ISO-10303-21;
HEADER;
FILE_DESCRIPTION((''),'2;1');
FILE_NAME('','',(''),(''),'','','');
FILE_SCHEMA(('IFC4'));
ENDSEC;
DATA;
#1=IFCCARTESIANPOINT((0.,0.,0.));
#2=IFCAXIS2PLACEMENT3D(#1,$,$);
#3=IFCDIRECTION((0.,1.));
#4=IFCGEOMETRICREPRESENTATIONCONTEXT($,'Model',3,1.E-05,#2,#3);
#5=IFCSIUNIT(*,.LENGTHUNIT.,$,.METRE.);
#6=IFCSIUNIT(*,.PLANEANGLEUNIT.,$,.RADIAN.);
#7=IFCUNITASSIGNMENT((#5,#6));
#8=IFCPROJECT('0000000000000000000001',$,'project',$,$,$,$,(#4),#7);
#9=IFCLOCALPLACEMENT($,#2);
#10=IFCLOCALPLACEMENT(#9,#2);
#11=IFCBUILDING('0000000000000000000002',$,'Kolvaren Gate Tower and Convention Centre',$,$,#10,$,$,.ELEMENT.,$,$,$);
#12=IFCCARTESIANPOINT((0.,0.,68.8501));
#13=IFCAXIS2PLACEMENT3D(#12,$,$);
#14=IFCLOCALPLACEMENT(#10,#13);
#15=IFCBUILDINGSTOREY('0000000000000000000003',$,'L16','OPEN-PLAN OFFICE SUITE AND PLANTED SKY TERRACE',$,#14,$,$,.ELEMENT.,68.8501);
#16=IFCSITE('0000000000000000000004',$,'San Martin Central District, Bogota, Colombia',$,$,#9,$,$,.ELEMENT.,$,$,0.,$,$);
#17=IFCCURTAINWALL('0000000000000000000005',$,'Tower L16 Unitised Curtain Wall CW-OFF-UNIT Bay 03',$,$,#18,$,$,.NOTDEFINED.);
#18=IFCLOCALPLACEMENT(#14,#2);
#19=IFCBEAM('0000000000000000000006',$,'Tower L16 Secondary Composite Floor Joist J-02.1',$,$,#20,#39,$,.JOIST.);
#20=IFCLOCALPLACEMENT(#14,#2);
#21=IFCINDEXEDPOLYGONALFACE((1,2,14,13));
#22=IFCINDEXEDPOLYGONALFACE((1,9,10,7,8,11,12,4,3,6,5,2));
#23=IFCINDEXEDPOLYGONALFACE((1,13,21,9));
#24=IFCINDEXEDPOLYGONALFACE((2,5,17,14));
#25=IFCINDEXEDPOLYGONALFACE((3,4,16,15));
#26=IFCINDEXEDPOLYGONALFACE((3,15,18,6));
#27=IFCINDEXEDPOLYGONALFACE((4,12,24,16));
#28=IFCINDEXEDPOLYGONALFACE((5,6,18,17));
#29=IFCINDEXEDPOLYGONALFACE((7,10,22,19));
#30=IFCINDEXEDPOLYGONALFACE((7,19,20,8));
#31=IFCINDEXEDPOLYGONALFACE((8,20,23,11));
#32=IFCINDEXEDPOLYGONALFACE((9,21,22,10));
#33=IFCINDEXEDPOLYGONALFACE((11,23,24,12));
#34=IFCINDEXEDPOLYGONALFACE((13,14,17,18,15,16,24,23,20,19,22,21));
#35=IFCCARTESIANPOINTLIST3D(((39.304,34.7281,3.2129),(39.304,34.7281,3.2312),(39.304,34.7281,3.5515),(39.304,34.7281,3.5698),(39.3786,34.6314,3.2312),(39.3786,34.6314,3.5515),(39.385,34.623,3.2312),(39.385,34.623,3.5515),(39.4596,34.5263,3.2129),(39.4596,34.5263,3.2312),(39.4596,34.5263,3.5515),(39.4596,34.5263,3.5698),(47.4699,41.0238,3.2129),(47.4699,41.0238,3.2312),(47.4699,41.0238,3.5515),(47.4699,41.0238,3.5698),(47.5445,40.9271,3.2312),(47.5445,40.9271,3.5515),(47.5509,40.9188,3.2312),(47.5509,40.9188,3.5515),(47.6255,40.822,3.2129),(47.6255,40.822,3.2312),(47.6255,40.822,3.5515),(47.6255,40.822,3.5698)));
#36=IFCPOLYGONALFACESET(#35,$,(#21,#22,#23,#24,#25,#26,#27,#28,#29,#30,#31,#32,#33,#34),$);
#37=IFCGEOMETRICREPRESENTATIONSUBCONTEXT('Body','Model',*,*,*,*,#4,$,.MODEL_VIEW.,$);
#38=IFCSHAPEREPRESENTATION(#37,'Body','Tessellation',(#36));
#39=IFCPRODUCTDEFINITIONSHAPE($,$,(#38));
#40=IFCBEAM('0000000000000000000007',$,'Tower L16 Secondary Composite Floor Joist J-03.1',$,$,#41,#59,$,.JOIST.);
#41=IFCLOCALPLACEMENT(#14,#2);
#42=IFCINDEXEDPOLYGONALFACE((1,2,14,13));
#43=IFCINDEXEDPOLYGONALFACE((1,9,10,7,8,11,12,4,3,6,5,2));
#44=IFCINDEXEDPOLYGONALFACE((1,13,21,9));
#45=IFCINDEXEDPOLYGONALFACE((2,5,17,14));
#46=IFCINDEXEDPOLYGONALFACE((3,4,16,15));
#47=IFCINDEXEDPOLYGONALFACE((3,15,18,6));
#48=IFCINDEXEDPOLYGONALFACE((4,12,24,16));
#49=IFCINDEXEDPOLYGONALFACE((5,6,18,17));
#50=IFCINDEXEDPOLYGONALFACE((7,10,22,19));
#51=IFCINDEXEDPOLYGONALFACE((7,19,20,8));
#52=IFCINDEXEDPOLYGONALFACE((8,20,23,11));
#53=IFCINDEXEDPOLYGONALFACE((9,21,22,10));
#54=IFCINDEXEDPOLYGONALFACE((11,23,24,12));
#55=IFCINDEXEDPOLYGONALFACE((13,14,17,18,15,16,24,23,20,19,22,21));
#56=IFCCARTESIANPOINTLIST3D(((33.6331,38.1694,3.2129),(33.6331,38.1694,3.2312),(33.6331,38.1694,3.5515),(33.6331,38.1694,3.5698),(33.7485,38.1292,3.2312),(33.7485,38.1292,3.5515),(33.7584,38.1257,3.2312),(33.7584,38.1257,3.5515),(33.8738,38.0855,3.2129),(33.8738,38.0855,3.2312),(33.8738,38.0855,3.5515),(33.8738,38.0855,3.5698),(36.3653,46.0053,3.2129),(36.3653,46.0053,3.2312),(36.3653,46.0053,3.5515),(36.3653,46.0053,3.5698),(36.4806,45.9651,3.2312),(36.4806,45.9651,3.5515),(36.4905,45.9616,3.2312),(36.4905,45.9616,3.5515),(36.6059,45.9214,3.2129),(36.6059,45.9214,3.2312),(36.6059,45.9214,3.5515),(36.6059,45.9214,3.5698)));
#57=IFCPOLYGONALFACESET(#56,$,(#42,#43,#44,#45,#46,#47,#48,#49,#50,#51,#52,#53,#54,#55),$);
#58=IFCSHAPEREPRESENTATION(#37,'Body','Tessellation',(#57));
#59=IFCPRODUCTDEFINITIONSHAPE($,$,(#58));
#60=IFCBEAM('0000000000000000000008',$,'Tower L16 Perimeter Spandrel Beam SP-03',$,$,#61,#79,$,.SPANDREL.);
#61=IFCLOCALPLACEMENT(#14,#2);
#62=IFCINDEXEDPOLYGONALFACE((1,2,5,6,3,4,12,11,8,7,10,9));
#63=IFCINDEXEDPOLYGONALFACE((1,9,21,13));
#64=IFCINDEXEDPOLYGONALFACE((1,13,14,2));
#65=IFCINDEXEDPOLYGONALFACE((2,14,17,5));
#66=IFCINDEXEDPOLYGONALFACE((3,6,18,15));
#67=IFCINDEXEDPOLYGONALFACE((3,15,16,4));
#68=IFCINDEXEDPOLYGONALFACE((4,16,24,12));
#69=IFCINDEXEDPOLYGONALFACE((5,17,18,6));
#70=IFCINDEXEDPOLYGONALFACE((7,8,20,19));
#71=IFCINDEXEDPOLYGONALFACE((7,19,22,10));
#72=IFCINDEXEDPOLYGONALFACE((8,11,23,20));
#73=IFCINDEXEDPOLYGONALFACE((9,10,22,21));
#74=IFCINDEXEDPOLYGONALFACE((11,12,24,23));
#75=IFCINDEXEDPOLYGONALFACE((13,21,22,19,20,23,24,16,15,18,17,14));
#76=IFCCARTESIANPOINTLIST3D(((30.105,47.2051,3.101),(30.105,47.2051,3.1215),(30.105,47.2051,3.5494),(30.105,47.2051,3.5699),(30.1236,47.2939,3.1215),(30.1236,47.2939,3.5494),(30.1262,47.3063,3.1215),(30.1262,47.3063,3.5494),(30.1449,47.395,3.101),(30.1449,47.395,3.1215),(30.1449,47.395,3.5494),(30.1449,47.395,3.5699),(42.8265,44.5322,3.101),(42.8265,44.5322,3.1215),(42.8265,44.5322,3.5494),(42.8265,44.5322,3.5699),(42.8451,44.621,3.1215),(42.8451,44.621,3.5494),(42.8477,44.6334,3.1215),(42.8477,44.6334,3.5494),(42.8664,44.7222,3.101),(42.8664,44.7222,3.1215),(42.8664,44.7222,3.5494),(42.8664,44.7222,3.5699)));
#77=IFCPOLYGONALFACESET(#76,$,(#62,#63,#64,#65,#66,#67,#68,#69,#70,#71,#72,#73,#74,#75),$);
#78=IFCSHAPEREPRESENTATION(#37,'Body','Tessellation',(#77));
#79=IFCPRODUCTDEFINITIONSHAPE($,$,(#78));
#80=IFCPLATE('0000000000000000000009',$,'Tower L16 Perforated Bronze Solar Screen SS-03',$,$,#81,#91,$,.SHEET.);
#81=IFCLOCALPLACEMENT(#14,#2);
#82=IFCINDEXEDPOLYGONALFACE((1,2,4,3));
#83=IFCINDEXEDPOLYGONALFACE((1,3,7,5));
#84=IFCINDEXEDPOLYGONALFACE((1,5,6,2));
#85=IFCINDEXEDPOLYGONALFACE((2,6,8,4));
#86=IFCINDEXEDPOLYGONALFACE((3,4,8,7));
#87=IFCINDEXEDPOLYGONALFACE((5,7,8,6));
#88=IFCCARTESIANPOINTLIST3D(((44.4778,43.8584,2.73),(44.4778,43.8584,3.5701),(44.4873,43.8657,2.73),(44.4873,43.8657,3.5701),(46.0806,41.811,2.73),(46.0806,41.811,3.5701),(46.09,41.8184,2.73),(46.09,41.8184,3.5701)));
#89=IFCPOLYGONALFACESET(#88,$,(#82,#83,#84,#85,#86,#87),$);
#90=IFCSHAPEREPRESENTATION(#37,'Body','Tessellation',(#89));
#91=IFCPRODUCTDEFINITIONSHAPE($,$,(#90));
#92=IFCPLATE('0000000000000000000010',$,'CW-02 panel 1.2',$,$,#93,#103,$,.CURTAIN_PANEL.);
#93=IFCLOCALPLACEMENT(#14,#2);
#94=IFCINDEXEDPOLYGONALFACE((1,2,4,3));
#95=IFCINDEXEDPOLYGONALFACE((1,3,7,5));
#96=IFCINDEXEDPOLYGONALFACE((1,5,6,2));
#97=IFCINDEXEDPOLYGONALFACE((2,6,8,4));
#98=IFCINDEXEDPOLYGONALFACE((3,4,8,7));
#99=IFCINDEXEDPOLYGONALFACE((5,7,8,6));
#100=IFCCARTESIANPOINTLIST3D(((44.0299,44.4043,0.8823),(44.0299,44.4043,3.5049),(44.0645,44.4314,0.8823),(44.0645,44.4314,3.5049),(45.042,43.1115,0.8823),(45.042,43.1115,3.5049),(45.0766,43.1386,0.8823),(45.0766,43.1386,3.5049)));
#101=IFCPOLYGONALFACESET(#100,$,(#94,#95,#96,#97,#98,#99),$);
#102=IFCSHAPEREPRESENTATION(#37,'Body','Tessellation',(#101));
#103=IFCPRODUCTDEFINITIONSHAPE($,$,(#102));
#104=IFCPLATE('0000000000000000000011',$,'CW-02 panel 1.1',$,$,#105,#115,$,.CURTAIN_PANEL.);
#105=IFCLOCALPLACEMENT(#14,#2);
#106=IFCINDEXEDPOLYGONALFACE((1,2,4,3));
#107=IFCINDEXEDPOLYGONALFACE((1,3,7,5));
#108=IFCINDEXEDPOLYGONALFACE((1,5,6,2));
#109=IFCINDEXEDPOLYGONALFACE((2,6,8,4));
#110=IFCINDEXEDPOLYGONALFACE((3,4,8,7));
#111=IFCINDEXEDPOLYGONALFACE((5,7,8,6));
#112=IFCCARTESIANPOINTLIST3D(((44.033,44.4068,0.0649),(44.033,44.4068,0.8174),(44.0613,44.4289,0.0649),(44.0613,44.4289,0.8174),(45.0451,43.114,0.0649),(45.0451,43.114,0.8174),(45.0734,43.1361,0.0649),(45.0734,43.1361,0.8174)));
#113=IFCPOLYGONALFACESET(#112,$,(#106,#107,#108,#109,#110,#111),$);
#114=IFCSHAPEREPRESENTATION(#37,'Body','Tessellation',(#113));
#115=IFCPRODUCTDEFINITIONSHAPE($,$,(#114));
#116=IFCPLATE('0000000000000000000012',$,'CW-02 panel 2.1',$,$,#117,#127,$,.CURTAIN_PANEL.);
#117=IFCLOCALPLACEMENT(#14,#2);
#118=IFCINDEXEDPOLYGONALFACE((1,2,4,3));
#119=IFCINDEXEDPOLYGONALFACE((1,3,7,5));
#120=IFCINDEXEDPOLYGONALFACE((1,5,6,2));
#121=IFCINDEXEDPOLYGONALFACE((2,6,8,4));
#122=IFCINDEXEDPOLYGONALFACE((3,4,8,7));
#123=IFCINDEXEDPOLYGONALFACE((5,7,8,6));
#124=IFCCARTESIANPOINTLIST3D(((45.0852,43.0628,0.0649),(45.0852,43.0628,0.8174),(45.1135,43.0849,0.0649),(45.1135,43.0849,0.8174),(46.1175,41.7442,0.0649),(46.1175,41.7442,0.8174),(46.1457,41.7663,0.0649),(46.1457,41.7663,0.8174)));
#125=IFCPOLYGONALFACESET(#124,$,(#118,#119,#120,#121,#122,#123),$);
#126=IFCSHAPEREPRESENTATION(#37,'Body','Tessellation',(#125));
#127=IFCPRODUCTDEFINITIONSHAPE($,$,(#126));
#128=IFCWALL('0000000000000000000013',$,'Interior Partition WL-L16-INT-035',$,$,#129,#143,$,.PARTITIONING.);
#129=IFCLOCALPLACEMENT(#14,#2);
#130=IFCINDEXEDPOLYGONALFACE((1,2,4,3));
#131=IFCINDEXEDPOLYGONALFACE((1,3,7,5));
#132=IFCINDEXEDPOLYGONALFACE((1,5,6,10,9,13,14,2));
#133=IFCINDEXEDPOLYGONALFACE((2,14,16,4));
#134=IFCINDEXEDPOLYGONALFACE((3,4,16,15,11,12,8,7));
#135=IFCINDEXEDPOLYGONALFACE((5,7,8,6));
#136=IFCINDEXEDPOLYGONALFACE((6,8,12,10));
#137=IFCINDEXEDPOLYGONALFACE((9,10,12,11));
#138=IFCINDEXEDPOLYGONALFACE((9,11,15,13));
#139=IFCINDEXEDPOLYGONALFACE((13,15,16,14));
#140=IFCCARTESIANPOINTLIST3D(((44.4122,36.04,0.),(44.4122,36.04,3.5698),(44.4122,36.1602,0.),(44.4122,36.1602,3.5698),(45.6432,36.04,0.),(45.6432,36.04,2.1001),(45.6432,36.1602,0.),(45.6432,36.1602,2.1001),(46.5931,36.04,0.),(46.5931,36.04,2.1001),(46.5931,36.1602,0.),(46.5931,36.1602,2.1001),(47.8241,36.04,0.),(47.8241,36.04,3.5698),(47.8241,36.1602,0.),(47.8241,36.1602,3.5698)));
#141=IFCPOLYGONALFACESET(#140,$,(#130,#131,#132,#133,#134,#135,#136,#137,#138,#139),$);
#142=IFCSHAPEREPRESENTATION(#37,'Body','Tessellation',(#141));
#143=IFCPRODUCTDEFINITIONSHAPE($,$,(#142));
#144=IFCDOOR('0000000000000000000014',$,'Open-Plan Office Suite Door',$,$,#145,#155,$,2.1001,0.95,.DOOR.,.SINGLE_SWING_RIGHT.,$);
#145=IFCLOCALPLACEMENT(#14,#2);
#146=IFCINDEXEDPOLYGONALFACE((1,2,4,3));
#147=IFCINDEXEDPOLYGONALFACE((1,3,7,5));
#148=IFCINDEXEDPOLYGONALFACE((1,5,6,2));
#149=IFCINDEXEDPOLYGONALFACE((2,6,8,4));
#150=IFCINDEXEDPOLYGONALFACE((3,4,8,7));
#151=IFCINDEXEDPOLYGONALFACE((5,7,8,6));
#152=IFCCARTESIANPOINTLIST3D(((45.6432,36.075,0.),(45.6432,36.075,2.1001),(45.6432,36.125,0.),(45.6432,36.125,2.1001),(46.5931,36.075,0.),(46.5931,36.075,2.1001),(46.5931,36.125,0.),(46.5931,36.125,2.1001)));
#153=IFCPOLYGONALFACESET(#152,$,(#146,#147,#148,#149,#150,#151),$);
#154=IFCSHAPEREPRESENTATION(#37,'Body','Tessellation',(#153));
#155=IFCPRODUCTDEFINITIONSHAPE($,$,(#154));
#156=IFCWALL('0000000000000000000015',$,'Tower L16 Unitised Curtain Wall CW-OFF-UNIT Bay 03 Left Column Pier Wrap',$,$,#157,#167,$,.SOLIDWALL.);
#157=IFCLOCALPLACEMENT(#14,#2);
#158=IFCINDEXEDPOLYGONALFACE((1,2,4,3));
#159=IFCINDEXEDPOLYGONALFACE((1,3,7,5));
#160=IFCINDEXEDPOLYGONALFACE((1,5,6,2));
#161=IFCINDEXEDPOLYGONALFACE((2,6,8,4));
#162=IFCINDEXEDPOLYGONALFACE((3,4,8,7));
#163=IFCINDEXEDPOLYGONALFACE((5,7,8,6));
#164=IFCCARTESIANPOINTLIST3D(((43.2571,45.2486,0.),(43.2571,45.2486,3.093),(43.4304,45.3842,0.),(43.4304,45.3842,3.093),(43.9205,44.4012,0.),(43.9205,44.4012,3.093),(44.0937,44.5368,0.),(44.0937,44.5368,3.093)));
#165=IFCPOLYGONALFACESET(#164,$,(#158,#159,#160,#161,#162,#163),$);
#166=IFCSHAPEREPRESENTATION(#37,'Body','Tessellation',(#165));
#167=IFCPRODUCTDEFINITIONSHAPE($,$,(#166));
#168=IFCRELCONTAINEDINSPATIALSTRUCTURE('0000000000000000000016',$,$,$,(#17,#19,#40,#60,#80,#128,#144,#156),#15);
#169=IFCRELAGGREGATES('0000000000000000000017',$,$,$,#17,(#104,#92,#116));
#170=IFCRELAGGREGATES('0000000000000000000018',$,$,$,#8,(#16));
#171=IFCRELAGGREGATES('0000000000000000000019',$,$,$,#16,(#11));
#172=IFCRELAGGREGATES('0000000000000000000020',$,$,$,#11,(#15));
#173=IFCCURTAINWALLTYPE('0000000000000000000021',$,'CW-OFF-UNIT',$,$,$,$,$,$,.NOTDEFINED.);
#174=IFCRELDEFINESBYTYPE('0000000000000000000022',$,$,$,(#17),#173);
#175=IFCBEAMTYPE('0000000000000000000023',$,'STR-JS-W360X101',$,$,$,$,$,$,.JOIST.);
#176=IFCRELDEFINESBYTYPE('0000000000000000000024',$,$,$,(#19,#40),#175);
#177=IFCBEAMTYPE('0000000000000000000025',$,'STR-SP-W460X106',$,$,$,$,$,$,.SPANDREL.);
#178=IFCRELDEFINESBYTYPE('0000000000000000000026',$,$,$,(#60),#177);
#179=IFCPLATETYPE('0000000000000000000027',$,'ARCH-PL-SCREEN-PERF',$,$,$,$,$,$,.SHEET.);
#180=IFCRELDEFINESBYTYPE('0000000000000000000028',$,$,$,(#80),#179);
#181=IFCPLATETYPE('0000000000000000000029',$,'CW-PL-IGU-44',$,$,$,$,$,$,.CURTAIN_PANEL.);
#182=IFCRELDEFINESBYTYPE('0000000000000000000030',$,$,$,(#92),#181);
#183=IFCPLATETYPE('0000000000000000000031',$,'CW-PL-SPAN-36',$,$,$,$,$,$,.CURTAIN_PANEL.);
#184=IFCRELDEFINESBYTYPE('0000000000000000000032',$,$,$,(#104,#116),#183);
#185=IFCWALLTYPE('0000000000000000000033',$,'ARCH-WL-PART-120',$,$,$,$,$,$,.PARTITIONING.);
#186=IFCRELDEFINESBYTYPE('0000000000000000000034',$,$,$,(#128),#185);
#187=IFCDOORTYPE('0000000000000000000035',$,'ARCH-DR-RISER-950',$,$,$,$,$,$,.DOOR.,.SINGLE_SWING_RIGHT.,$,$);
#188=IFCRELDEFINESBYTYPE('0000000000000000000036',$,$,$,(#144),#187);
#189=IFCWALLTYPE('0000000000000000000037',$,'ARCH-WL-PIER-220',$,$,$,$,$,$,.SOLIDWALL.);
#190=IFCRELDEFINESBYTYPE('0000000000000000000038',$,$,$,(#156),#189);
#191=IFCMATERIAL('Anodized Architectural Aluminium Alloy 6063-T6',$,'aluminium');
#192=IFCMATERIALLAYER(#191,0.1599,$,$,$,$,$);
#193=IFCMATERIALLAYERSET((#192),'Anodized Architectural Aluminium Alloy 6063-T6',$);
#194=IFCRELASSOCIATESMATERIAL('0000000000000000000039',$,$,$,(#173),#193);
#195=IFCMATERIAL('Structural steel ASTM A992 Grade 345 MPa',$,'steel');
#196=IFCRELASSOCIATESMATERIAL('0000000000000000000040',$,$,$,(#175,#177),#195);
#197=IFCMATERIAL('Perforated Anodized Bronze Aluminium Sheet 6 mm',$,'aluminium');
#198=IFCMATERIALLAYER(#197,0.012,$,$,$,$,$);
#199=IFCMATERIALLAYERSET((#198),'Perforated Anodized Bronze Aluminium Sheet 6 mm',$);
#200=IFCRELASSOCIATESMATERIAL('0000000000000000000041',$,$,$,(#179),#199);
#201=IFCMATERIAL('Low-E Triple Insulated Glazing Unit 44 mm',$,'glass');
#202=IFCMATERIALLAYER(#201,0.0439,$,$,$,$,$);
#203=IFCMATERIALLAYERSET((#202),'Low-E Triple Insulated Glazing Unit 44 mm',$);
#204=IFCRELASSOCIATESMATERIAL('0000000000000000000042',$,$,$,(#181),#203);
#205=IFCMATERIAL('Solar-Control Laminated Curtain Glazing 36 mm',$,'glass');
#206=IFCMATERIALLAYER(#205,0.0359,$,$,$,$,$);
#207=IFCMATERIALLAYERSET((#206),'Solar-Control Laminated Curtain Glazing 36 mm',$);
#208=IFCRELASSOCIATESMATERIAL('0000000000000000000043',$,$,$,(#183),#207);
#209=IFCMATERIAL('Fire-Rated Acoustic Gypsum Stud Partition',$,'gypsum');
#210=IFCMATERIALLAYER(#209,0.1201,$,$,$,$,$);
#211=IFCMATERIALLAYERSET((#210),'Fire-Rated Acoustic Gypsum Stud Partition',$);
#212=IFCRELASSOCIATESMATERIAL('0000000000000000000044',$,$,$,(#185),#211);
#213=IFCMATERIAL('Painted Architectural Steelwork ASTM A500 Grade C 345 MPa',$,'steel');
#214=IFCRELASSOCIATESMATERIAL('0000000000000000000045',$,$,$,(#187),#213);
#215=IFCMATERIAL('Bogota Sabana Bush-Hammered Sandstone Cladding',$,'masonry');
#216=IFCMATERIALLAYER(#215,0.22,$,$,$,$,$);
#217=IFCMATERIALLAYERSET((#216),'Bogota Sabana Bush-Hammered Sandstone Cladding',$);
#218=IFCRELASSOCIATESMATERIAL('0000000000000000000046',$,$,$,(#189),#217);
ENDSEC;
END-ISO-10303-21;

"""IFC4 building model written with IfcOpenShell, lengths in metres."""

from ifc_helpers import new_model, si_unit, direction, frame, frame_2d, origin, origin_2d, place, context, subcontext, project, spatial, rectangle, i_section, extrude, material, layer, layer_set, material_profile, profile_set, type_object, element, fill, aggregate, save


model = new_model("IFC4")

# Units and contexts
model_context = context("Model", 3, precision=1e-05, world=origin(), true_north=direction((0.0, 1.0)))
body_context = subcontext(model_context, "Body", "Model", "MODEL_VIEW")
ifc_project = project(units=[si_unit("LENGTHUNIT", "METRE"), si_unit("PLANEANGLEUNIT", "RADIAN")], contexts=[model_context])

# Site, building, storey
site_placement = place(None, origin())
site = spatial("IfcSite", under=ifc_project, at=site_placement, Name="San Martin Central District, Bogota, Colombia", CompositionType="ELEMENT", RefElevation=0.0)
building_placement = place(site_placement, origin())
building = spatial("IfcBuilding", under=site, at=building_placement, Name="Kolvaren Gate Tower and Convention Centre", CompositionType="ELEMENT")
storey_placement = place(building_placement, frame((0.0, 0.0, 68.8501)))
storey = spatial("IfcBuildingStorey", under=building, at=storey_placement, Name="L16", Description="OPEN-PLAN OFFICE SUITE AND PLANTED SKY TERRACE", CompositionType="ELEMENT", Elevation=68.8501)

# Curtain wall
ifc_material_1 = material(Name="Anodized Architectural Aluminium Alloy 6063-T6", Category="aluminium")
ifc_layer_1 = layer(ifc_material_1, 0.1599)
ifc_layer_set_1 = layer_set([ifc_layer_1], Name="Anodized Architectural Aluminium Alloy 6063-T6")
curtain_wall_type = type_object("IfcCurtainWallType", Name="CW-OFF-UNIT", PredefinedType="NOTDEFINED", material=ifc_layer_set_1)
curtain_wall_placement = place(storey_placement, origin())
curtain_wall = element("IfcCurtainWall", 1, at=curtain_wall_placement, inside=storey, type_object=curtain_wall_type, Name="Tower L16 Unitised Curtain Wall CW-OFF-UNIT Bay 03", PredefinedType="NOTDEFINED")

# Beams
ifc_material_2 = material(Name="Structural steel ASTM A992 Grade 345 MPa", Category="steel")
ifc_material_profile_1 = material_profile(ifc_material_2, i_section(OverallWidth=0.2549, OverallDepth=0.3569, WebThickness=0.0105, FlangeThickness=0.0183, at=origin_2d()), Name="W360X101")
ifc_profile_set_1 = profile_set([ifc_material_profile_1], Name="Structural steel ASTM A992 Grade 345 MPa")
beam_type_1 = type_object("IfcBeamType", Name="STR-JS-W360X101", PredefinedType="JOIST", material=ifc_profile_set_1)
beam_1_placement = place(storey_placement, frame((39.3818, 34.6272, 3.3914), z_axis=(0.791954, 0.610581, 0.0), x_axis=(-0.610581, 0.791954, 0.0)))
element("IfcBeam", 2, at=beam_1_placement, inside=storey, type_object=beam_type_1, Name="Tower L16 Secondary Composite Floor Joist J-02.1", PredefinedType="JOIST", context=body_context, shape_type="SweptSolid", body=[
    extrude(i_section(OverallWidth=0.2549, OverallDepth=0.3569, WebThickness=0.0105, FlangeThickness=0.0183, at=origin_2d()), origin(), (0.0, 0.0, 1.0), 10.311),
])
beam_2_placement = place(storey_placement, frame((33.7534, 38.1274, 3.3914), z_axis=(0.329234, 0.944248, 0.0), x_axis=(-0.944248, 0.329234, 0.0)))
element("IfcBeam", 3, at=beam_2_placement, inside=storey, type_object=beam_type_1, Name="Tower L16 Secondary Composite Floor Joist J-03.1", PredefinedType="JOIST", context=body_context, shape_type="SweptSolid", body=[
    extrude(i_section(OverallWidth=0.2549, OverallDepth=0.3569, WebThickness=0.0105, FlangeThickness=0.0183, at=origin_2d()), origin(), (0.0, 0.0, 1.0), 8.2986),
])
ifc_material_profile_2 = material_profile(ifc_material_2, i_section(OverallWidth=0.1941, OverallDepth=0.469, WebThickness=0.0127, FlangeThickness=0.0205, at=origin_2d()), Name="W460X106")
ifc_profile_set_2 = profile_set([ifc_material_profile_2], Name="Structural steel ASTM A992 Grade 345 MPa")
beam_type_2 = type_object("IfcBeamType", Name="STR-SP-W460X106", PredefinedType="SPANDREL", material=ifc_profile_set_2)
beam_3_placement = place(storey_placement, frame((42.8464, 44.6272, 3.3354), z_axis=(-0.978633, 0.205617, 0.0), x_axis=(-0.205617, -0.978633, 0.0)))
element("IfcBeam", 4, at=beam_3_placement, inside=storey, type_object=beam_type_2, Name="Tower L16 Perimeter Spandrel Beam SP-03", PredefinedType="SPANDREL", context=body_context, shape_type="SweptSolid", body=[
    extrude(i_section(OverallWidth=0.1941, OverallDepth=0.469, WebThickness=0.0127, FlangeThickness=0.0205, at=origin_2d()), origin(), (0.0, 0.0, 1.0), 12.9993),
])

# Plates
ifc_material_3 = material(Name="Perforated Anodized Bronze Aluminium Sheet 6 mm", Category="aluminium")
ifc_layer_2 = layer(ifc_material_3, 0.012)
ifc_layer_set_2 = layer_set([ifc_layer_2], Name="Perforated Anodized Bronze Aluminium Sheet 6 mm")
plate_type_1 = type_object("IfcPlateType", Name="ARCH-PL-SCREEN-PERF", PredefinedType="SHEET", material=ifc_layer_set_2)
plate_1_placement = place(storey_placement, frame((45.2839, 42.8384, 2.73), z_axis=(0.0, 0.0, 1.0), x_axis=(0.616431, -0.787409, 0.0)))
element("IfcPlate", 5, at=plate_1_placement, inside=storey, type_object=plate_type_1, Name="Tower L16 Perforated Bronze Solar Screen SS-03", PredefinedType="SHEET", context=body_context, shape_type="SweptSolid", body=[
    extrude(rectangle(XDim=2.6001, YDim=0.012, at=origin_2d()), origin(), (0.0, 0.0, 1.0), 0.8401),
])
ifc_material_4 = material(Name="Low-E Triple Insulated Glazing Unit 44 mm", Category="glass")
ifc_layer_3 = layer(ifc_material_4, 0.0439)
ifc_layer_set_3 = layer_set([ifc_layer_3], Name="Low-E Triple Insulated Glazing Unit 44 mm")
plate_type_2 = type_object("IfcPlateType", Name="CW-PL-IGU-44", PredefinedType="CURTAIN_PANEL", material=ifc_layer_set_3)
plate_2_placement = place(storey_placement, frame((44.5532, 43.7715, 0.8823), z_axis=(0.0, 0.0, 1.0), x_axis=(0.616434, -0.787406, 0.0)))
plate_2 = element("IfcPlate", 6, at=plate_2_placement, type_object=plate_type_2, Name="CW-02 panel 1.2", PredefinedType="CURTAIN_PANEL", context=body_context, shape_type="SweptSolid", body=[
    extrude(rectangle(XDim=1.6418, YDim=0.0439, at=origin_2d()), origin(), (0.0, 0.0, 1.0), 2.6226),
])
ifc_material_5 = material(Name="Solar-Control Laminated Curtain Glazing 36 mm", Category="glass")
ifc_layer_4 = layer(ifc_material_5, 0.0359)
ifc_layer_set_4 = layer_set([ifc_layer_4], Name="Solar-Control Laminated Curtain Glazing 36 mm")
plate_type_3 = type_object("IfcPlateType", Name="CW-PL-SPAN-36", PredefinedType="CURTAIN_PANEL", material=ifc_layer_set_4)
plate_3_placement = place(storey_placement, frame((44.5532, 43.7715, 0.0649), z_axis=(0.0, 0.0, 1.0), x_axis=(0.616434, -0.787406, 0.0)))
plate_3 = element("IfcPlate", 7, at=plate_3_placement, type_object=plate_type_3, Name="CW-02 panel 1.1", PredefinedType="CURTAIN_PANEL", context=body_context, shape_type="SweptSolid", body=[
    extrude(rectangle(XDim=1.6418, YDim=0.0359, at=origin_2d()), origin(), (0.0, 0.0, 1.0), 0.7524),
])
plate_4_placement = place(storey_placement, frame((45.6155, 42.4146, 0.0649), z_axis=(0.0, 0.0, 1.0), x_axis=(0.616434, -0.787406, 0.0)))
plate_4 = element("IfcPlate", 8, at=plate_4_placement, type_object=plate_type_3, Name="CW-02 panel 2.1", PredefinedType="CURTAIN_PANEL", context=body_context, shape_type="SweptSolid", body=[
    extrude(rectangle(XDim=1.6746, YDim=0.0359, at=origin_2d()), origin(), (0.0, 0.0, 1.0), 0.7524),
])
aggregate(curtain_wall, [plate_3, plate_2, plate_4])

# Wall, opening, door
ifc_material_6 = material(Name="Fire-Rated Acoustic Gypsum Stud Partition", Category="gypsum")
ifc_layer_5 = layer(ifc_material_6, 0.1201)
ifc_layer_set_5 = layer_set([ifc_layer_5], Name="Fire-Rated Acoustic Gypsum Stud Partition")
wall_type_1 = type_object("IfcWallType", Name="ARCH-WL-PART-120", PredefinedType="PARTITIONING", material=ifc_layer_set_5)
wall_1_placement = place(storey_placement, frame((44.4121, 36.1001, 0.0), z_axis=(0.0, 0.0, 1.0), x_axis=(1.0, 0.0, 0.0)))
wall_1 = element("IfcWall", 9, at=wall_1_placement, inside=storey, type_object=wall_type_1, Name="Interior Partition WL-L16-INT-035", PredefinedType="PARTITIONING", context=body_context, shape_type="SweptSolid", body=[
    extrude(rectangle(XDim=3.4119, YDim=0.1201, at=frame_2d((1.7061, 0.0))), origin(), (0.0, 0.0, 1.0), 3.5698),
])
opening_1_placement = place(wall_1_placement, frame((1.231, 0.0, 0.0)))
opening_1 = element("IfcOpeningElement", 10, at=opening_1_placement, cuts=wall_1, PredefinedType="OPENING", context=body_context, shape_type="SweptSolid", body=[
    extrude(rectangle(XDim=0.95, YDim=2.1001, at=frame_2d((0.4751, 1.05))), frame((0.0, 0.0701, 0.0), z_axis=(0.0, -1.0, 0.0), x_axis=(1.0, 0.0, 0.0)), (0.0, 0.0, 1.0), 0.1401),
])
ifc_material_7 = material(Name="Painted Architectural Steelwork ASTM A500 Grade C 345 MPa", Category="steel")
door_type = type_object("IfcDoorType", Name="ARCH-DR-RISER-950", OperationType="SINGLE_SWING_RIGHT", PredefinedType="DOOR", material=ifc_material_7)
door_placement = place(opening_1_placement, origin())
door = element("IfcDoor", 11, at=door_placement, inside=storey, type_object=door_type, Name="Open-Plan Office Suite Door", OperationType="SINGLE_SWING_RIGHT", OverallHeight=2.1001, OverallWidth=0.95, PredefinedType="DOOR", context=body_context, shape_type="SweptSolid", body=[
    extrude(rectangle(XDim=0.95, YDim=2.1001, at=frame_2d((0.4751, 1.05))), frame((0.0, 0.0249, 0.0), z_axis=(0.0, -1.0, 0.0), x_axis=(1.0, 0.0, 0.0)), (0.0, 0.0, 1.0), 0.05),
])
fill(opening_1, door)

# Wall
ifc_material_8 = material(Name="Bogota Sabana Bush-Hammered Sandstone Cladding", Category="masonry")
ifc_layer_6 = layer(ifc_material_8, 0.22)
ifc_layer_set_6 = layer_set([ifc_layer_6], Name="Bogota Sabana Bush-Hammered Sandstone Cladding")
wall_type_2 = type_object("IfcWallType", Name="ARCH-WL-PIER-220", PredefinedType="SOLIDWALL", material=ifc_layer_set_6)
wall_2_placement = place(storey_placement, frame((43.3438, 45.3164, 0.0), z_axis=(0.0, 0.0, 1.0), x_axis=(0.616388, -0.787443, 0.0)))
element("IfcWall", 12, at=wall_2_placement, inside=storey, type_object=wall_type_2, Name="Tower L16 Unitised Curtain Wall CW-OFF-UNIT Bay 03 Left Column Pier Wrap", PredefinedType="SOLIDWALL", context=body_context, shape_type="SweptSolid", body=[
    extrude(rectangle(XDim=1.0762, YDim=0.22, at=frame_2d((0.5381, 0.0))), origin(), (0.0, 0.0, 1.0), 3.093),
])

save(model, "model.ifc")
